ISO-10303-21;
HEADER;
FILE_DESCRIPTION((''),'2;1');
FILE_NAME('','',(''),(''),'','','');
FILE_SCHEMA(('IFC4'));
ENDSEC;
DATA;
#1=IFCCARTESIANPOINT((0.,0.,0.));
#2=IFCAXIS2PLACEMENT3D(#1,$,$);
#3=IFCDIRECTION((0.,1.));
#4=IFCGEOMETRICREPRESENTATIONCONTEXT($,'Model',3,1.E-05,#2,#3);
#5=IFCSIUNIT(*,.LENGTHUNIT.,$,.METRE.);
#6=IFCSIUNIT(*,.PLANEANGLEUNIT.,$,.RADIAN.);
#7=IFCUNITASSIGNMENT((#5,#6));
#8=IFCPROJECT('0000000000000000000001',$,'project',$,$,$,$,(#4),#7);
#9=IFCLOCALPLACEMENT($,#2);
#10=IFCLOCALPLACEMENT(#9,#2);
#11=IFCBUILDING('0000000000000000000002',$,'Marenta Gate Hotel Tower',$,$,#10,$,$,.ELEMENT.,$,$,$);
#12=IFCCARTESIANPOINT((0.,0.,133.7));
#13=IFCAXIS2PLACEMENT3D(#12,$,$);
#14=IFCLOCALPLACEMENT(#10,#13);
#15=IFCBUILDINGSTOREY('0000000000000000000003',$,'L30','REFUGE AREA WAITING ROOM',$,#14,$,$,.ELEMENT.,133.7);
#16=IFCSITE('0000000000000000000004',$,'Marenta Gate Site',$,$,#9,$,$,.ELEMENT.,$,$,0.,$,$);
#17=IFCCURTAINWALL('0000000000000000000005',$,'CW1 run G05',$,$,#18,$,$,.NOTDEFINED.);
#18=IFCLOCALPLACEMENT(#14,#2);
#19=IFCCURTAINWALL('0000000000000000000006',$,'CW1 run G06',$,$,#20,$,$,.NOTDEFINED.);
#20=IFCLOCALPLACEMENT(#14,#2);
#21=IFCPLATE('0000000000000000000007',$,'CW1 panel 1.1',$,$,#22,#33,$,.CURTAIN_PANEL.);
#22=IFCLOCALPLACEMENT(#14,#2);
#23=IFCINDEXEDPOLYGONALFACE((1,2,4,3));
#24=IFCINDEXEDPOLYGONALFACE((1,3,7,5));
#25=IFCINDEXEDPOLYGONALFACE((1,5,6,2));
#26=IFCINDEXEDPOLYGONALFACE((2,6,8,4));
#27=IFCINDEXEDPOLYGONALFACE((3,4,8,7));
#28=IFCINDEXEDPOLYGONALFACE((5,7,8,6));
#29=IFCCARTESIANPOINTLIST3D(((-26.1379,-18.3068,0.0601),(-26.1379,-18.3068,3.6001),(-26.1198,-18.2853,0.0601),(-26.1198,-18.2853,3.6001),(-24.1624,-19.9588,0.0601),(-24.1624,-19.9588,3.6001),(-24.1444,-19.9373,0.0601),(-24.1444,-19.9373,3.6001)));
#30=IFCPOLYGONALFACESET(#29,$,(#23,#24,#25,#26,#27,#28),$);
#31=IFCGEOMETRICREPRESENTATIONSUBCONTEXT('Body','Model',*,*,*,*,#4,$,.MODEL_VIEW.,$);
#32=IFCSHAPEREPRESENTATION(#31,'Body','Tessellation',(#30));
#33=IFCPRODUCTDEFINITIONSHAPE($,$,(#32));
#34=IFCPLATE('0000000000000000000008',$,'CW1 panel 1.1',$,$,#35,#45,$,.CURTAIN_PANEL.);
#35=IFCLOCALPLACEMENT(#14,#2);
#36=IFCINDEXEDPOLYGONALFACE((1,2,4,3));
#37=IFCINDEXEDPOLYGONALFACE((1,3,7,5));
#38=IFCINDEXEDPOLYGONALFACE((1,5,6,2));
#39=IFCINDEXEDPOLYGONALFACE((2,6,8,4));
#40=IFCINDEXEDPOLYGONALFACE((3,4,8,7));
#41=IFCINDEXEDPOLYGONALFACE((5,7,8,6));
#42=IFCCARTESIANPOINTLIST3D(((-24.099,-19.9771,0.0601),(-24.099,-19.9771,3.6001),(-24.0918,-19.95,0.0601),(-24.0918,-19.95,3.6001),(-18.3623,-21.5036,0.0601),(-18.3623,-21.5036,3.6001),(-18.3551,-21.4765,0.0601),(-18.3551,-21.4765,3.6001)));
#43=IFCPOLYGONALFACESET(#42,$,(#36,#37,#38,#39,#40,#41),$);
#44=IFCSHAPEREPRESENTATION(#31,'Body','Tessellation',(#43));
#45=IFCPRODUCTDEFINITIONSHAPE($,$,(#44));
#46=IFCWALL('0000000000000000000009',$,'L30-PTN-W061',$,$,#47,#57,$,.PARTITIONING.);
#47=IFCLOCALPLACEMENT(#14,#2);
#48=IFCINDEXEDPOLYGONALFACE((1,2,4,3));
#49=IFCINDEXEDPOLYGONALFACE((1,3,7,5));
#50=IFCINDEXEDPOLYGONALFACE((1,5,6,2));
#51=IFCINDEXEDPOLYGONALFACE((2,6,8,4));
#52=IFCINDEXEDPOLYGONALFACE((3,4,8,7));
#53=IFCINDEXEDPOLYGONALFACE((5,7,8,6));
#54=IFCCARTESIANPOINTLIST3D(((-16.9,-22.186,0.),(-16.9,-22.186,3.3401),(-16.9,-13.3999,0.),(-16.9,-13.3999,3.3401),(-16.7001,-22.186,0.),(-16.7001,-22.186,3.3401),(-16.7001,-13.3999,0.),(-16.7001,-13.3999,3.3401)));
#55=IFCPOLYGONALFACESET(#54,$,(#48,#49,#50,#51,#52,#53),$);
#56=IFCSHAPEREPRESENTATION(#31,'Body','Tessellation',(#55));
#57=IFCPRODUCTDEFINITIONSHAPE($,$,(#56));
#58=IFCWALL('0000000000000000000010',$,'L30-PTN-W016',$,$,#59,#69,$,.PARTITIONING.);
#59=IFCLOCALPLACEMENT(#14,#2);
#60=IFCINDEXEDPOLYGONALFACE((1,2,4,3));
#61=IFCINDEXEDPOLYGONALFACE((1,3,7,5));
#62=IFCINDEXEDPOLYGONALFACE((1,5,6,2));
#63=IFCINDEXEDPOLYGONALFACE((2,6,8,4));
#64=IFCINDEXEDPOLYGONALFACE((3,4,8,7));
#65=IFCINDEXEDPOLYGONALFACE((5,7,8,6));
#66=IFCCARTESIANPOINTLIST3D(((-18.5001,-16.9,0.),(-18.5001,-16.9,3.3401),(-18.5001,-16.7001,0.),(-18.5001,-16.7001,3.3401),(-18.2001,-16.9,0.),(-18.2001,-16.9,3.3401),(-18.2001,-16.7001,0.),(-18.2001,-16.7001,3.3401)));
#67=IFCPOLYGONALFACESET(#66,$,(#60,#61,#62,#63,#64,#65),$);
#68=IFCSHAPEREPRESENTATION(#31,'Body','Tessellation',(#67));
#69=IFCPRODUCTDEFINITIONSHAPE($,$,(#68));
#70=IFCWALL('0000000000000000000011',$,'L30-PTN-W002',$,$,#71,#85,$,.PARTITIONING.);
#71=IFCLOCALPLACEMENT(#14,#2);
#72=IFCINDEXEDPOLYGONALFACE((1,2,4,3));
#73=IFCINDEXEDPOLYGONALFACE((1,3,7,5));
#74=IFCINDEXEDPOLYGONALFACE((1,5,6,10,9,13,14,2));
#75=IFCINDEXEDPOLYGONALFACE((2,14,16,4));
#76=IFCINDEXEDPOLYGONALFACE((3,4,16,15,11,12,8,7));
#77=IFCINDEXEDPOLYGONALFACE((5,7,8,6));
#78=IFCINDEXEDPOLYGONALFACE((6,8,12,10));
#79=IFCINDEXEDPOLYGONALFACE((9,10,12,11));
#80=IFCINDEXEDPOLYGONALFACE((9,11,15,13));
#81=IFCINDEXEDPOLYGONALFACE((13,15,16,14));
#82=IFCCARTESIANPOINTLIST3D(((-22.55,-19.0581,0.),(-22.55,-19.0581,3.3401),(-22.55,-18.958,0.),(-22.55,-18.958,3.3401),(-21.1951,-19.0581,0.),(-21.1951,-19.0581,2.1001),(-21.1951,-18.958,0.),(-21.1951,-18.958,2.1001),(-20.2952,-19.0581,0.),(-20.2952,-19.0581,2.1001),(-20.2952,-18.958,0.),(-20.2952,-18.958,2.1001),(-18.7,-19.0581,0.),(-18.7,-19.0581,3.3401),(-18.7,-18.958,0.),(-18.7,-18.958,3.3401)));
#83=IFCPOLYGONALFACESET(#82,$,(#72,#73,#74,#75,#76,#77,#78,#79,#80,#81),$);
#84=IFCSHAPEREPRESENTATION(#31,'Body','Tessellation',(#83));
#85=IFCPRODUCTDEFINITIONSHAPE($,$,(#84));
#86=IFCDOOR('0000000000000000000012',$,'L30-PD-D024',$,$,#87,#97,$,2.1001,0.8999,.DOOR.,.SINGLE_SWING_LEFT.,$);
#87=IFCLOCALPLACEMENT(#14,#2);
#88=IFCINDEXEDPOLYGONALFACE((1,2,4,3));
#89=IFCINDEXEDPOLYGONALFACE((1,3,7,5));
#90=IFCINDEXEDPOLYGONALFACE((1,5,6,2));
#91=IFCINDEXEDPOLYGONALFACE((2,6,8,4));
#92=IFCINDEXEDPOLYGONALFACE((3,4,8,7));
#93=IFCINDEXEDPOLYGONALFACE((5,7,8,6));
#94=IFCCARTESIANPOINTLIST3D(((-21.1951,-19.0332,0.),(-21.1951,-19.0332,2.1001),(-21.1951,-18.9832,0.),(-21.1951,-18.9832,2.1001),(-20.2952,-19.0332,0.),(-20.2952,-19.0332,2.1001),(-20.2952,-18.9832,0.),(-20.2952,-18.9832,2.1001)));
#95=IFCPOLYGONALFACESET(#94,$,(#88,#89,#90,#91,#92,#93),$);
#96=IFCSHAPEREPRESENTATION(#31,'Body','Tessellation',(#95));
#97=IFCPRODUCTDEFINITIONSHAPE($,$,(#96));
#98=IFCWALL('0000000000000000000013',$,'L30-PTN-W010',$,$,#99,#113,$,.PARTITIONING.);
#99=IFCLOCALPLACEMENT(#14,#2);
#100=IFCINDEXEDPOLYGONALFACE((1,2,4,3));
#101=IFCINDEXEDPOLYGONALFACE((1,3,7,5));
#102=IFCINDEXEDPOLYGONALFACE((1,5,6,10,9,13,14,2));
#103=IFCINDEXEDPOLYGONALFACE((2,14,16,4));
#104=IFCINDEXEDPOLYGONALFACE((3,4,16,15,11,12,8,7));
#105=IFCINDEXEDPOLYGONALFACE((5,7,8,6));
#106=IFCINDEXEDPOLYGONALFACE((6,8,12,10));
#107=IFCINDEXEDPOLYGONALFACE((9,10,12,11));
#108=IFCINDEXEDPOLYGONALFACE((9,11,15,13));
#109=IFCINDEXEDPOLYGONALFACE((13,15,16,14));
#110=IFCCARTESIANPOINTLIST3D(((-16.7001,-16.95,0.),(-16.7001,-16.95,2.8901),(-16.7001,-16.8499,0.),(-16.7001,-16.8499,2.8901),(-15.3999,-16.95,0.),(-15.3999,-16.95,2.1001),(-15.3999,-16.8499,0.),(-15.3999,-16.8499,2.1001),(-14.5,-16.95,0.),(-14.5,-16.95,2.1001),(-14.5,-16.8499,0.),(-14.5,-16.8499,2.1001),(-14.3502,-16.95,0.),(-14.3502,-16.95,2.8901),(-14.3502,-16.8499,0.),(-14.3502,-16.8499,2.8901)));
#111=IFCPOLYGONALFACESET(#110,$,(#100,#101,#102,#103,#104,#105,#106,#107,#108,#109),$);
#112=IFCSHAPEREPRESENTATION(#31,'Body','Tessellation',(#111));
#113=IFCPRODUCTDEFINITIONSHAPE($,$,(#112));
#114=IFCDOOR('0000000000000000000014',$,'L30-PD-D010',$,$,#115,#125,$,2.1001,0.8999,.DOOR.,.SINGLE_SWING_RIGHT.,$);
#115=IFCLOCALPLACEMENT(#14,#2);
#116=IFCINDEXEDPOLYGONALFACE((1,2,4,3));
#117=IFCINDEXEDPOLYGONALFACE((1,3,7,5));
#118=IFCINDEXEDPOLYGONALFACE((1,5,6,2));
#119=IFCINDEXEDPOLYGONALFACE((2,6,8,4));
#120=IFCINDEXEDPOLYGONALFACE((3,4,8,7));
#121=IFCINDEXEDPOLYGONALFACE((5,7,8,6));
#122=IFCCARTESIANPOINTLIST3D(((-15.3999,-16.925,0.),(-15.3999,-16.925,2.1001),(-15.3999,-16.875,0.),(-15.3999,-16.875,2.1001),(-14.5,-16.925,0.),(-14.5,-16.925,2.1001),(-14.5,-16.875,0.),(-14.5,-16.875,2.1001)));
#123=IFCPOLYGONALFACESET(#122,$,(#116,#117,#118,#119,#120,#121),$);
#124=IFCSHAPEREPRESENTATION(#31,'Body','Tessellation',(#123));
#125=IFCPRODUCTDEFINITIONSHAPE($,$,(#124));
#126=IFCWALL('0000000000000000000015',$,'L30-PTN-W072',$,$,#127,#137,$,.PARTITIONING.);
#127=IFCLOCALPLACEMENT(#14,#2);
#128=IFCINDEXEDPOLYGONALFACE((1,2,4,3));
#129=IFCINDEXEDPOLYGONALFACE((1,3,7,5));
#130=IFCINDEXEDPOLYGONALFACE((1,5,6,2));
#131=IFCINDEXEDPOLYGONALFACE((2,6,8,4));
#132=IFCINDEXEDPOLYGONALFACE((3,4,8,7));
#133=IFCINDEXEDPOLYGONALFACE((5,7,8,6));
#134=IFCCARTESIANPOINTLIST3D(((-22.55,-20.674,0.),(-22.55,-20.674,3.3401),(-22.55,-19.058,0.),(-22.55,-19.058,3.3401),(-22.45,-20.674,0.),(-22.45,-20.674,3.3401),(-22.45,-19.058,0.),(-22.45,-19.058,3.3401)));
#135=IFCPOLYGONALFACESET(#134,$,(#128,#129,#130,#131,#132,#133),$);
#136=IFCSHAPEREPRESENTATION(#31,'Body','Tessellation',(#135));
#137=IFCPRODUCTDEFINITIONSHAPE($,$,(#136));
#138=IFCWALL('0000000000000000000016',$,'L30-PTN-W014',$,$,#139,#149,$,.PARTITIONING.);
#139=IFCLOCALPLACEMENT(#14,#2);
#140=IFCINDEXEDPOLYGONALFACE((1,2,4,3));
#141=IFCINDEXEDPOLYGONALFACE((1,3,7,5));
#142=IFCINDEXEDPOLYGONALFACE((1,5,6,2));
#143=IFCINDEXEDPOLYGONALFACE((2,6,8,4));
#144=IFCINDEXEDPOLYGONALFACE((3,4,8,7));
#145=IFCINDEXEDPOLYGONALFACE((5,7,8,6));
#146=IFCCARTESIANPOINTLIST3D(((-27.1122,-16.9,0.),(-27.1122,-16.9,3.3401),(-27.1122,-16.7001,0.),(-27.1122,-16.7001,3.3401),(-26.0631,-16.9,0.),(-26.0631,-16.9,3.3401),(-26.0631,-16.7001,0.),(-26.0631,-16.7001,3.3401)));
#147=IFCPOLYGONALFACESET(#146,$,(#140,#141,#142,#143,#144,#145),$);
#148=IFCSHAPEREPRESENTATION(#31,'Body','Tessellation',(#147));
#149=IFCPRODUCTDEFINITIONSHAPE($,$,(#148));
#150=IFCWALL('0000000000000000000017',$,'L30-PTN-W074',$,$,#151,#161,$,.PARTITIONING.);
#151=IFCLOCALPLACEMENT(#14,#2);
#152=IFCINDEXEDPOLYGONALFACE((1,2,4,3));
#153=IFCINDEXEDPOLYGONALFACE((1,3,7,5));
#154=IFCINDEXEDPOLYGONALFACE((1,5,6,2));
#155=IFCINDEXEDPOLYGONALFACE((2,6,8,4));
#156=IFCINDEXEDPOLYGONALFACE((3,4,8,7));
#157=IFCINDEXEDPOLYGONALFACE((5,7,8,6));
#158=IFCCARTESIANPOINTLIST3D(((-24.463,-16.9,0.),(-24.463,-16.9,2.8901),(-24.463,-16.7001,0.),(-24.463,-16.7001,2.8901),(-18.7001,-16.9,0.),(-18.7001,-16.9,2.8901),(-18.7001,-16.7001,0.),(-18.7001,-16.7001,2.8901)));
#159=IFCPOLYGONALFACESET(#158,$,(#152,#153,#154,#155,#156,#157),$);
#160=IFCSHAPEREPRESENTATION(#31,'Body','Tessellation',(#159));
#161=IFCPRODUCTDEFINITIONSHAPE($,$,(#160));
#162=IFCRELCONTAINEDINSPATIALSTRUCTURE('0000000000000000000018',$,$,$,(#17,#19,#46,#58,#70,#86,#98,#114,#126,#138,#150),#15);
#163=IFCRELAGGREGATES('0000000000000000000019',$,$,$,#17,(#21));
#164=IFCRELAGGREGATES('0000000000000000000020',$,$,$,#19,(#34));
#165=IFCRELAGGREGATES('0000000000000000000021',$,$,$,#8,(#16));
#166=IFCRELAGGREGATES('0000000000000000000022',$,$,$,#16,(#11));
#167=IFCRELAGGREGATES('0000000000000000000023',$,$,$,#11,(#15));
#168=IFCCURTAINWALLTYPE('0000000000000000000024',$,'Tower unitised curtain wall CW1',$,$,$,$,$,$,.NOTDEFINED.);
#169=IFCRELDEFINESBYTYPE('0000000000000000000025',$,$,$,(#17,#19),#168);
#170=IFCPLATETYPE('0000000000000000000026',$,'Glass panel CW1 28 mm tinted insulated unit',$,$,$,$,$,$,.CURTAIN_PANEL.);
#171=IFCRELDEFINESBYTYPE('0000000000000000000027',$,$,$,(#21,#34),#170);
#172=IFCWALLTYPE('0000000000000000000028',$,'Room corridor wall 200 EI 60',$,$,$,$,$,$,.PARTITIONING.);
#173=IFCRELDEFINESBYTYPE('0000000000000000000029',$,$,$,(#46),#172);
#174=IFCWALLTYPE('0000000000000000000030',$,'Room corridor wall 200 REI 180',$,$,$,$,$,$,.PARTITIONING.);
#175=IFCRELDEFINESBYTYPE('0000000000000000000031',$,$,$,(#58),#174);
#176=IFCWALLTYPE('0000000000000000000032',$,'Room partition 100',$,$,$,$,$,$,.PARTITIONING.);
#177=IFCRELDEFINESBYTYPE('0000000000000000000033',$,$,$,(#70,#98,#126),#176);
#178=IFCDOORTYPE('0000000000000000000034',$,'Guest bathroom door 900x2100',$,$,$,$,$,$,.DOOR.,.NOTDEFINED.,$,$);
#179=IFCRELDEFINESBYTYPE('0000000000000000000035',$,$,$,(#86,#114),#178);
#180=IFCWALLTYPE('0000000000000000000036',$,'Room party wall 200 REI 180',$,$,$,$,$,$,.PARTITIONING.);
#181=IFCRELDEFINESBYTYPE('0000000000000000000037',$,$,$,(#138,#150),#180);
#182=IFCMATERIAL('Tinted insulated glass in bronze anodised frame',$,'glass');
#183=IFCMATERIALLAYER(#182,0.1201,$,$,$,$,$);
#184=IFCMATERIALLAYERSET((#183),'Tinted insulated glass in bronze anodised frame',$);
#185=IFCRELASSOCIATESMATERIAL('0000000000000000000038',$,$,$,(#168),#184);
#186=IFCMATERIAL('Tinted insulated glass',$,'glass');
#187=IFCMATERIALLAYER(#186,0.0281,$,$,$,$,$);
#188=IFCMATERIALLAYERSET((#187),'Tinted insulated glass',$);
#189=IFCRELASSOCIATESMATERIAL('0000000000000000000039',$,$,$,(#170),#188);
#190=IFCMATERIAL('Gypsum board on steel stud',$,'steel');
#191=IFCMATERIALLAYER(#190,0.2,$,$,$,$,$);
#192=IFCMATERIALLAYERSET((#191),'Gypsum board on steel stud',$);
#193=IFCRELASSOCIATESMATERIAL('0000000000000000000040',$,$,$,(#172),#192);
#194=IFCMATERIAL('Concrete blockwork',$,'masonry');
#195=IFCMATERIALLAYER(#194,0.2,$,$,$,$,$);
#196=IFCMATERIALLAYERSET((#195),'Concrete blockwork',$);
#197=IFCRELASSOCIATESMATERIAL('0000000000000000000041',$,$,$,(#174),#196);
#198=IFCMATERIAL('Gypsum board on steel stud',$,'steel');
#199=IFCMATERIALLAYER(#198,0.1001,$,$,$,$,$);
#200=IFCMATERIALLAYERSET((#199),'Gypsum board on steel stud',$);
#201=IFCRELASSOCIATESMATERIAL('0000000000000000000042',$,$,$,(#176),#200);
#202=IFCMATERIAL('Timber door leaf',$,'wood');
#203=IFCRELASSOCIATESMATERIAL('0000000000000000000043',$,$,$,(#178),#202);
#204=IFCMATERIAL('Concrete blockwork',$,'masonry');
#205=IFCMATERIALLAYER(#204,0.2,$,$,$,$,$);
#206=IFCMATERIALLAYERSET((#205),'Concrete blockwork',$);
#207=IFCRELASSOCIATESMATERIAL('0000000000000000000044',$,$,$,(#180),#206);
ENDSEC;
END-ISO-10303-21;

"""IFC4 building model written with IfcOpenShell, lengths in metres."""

from ifc_helpers import new_model, si_unit, direction, frame, frame_2d, origin, origin_2d, place, context, subcontext, project, spatial, rectangle, extrude, material, layer, layer_set, type_object, element, fill, aggregate, save


model = new_model("IFC4")

# Units and contexts
model_context = context("Model", 3, precision=1e-05, world=origin(), true_north=direction((0.0, 1.0)))
body_context = subcontext(model_context, "Body", "Model", "MODEL_VIEW")
ifc_project = project(units=[si_unit("LENGTHUNIT", "METRE"), si_unit("PLANEANGLEUNIT", "RADIAN")], contexts=[model_context])

# Site, building, storey
site_placement = place(None, origin())
site = spatial("IfcSite", under=ifc_project, at=site_placement, Name="Marenta Gate Site", CompositionType="ELEMENT", RefElevation=0.0)
building_placement = place(site_placement, origin())
building = spatial("IfcBuilding", under=site, at=building_placement, Name="Marenta Gate Hotel Tower", CompositionType="ELEMENT")
storey_placement = place(building_placement, frame((0.0, 0.0, 133.7)))
storey = spatial("IfcBuildingStorey", under=building, at=storey_placement, Name="L30", Description="REFUGE AREA WAITING ROOM", CompositionType="ELEMENT", Elevation=133.7)

# Curtain wall
ifc_material_1 = material(Name="Tinted insulated glass in bronze anodised frame", Category="glass")
ifc_layer_1 = layer(ifc_material_1, 0.1201)
ifc_layer_set_1 = layer_set([ifc_layer_1], Name="Tinted insulated glass in bronze anodised frame")
curtain_wall_type = type_object("IfcCurtainWallType", Name="Tower unitised curtain wall CW1", PredefinedType="NOTDEFINED", material=ifc_layer_set_1)
curtain_wall_1_placement = place(storey_placement, origin())
curtain_wall_1 = element("IfcCurtainWall", 1, at=curtain_wall_1_placement, inside=storey, type_object=curtain_wall_type, Name="CW1 run G05", PredefinedType="NOTDEFINED")

# Curtain wall
curtain_wall_2_placement = place(storey_placement, origin())
curtain_wall_2 = element("IfcCurtainWall", 2, at=curtain_wall_2_placement, inside=storey, type_object=curtain_wall_type, Name="CW1 run G06", PredefinedType="NOTDEFINED")

# Shared definitions
ifc_material_2 = material(Name="Tinted insulated glass", Category="glass")
ifc_layer_2 = layer(ifc_material_2, 0.0281)
ifc_layer_set_2 = layer_set([ifc_layer_2], Name="Tinted insulated glass")
plate_type = type_object("IfcPlateType", Name="Glass panel CW1 28 mm tinted insulated unit", PredefinedType="CURTAIN_PANEL", material=ifc_layer_set_2)

# Plates
plate_1_placement = place(storey_placement, frame((-25.1411, -19.1221, 0.0601), z_axis=(0.0, 0.0, 1.0), x_axis=(0.767113, -0.641512, 0.0)))
plate_1 = element("IfcPlate", 3, at=plate_1_placement, type_object=plate_type, Name="CW1 panel 1.1", PredefinedType="CURTAIN_PANEL", context=body_context, shape_type="SweptSolid", body=[
    extrude(rectangle(XDim=2.5752, YDim=0.0281, at=origin_2d()), origin(), (0.0, 0.0, 1.0), 3.54),
])
aggregate(curtain_wall_1, [plate_1])
plate_2_placement = place(storey_placement, frame((-21.2271, -20.7268, 0.0601), z_axis=(0.0, 0.0, 1.0), x_axis=(0.966373, -0.257144, 0.0)))
plate_2 = element("IfcPlate", 4, at=plate_2_placement, type_object=plate_type, Name="CW1 panel 1.1", PredefinedType="CURTAIN_PANEL", context=body_context, shape_type="SweptSolid", body=[
    extrude(rectangle(XDim=5.9363, YDim=0.0281, at=origin_2d()), origin(), (0.0, 0.0, 1.0), 3.54),
])
aggregate(curtain_wall_2, [plate_2])

# Wall
ifc_material_3 = material(Name="Gypsum board on steel stud", Category="steel")
ifc_layer_3 = layer(ifc_material_3, 0.2)
ifc_layer_set_3 = layer_set([ifc_layer_3], Name="Gypsum board on steel stud")
wall_type_1 = type_object("IfcWallType", Name="Room corridor wall 200 EI 60", PredefinedType="PARTITIONING", material=ifc_layer_set_3)
wall_1_placement = place(storey_placement, frame((-16.8, -22.186, 0.0), z_axis=(0.0, 0.0, 1.0), x_axis=(0.0, 1.0, 0.0)))
element("IfcWall", 5, at=wall_1_placement, inside=storey, type_object=wall_type_1, Name="L30-PTN-W061", PredefinedType="PARTITIONING", context=body_context, shape_type="SweptSolid", body=[
    extrude(rectangle(XDim=8.7861, YDim=0.2, at=frame_2d((4.3931, 0.0))), origin(), (0.0, 0.0, 1.0), 3.3401),
])

# Wall
ifc_material_4 = material(Name="Concrete blockwork", Category="masonry")
ifc_layer_4 = layer(ifc_material_4, 0.2)
ifc_layer_set_4 = layer_set([ifc_layer_4], Name="Concrete blockwork")
wall_type_2 = type_object("IfcWallType", Name="Room corridor wall 200 REI 180", PredefinedType="PARTITIONING", material=ifc_layer_set_4)
wall_2_placement = place(storey_placement, frame((-18.5, -16.8, 0.0), z_axis=(0.0, 0.0, 1.0), x_axis=(1.0, 0.0, 0.0)))
element("IfcWall", 6, at=wall_2_placement, inside=storey, type_object=wall_type_2, Name="L30-PTN-W016", PredefinedType="PARTITIONING", context=body_context, shape_type="SweptSolid", body=[
    extrude(rectangle(XDim=0.3, YDim=0.2, at=frame_2d((0.1499, 0.0))), origin(), (0.0, 0.0, 1.0), 3.3401),
])

# Walls, openings, doors
ifc_material_5 = material(Name="Gypsum board on steel stud", Category="steel")
ifc_layer_5 = layer(ifc_material_5, 0.1001)
ifc_layer_set_5 = layer_set([ifc_layer_5], Name="Gypsum board on steel stud")
wall_type_3 = type_object("IfcWallType", Name="Room partition 100", PredefinedType="PARTITIONING", material=ifc_layer_set_5)
wall_3_placement = place(storey_placement, frame((-22.55, -19.0081, 0.0), z_axis=(0.0, 0.0, 1.0), x_axis=(1.0, 0.0, 0.0)))
wall_3 = element("IfcWall", 7, at=wall_3_placement, inside=storey, type_object=wall_type_3, Name="L30-PTN-W002", PredefinedType="PARTITIONING", context=body_context, shape_type="SweptSolid", body=[
    extrude(rectangle(XDim=3.8501, YDim=0.1001, at=frame_2d((1.925, 0.0))), origin(), (0.0, 0.0, 1.0), 3.3401),
])
opening_1_placement = place(wall_3_placement, frame((1.355, 0.0, 0.0)))
opening_1 = element("IfcOpeningElement", 8, at=opening_1_placement, cuts=wall_3, PredefinedType="OPENING", context=body_context, shape_type="SweptSolid", body=[
    extrude(rectangle(XDim=0.8999, YDim=2.1001, at=frame_2d((0.45, 1.05))), frame((0.0, 0.05, 0.0), z_axis=(0.0, -1.0, 0.0), x_axis=(1.0, 0.0, 0.0)), (0.0, 0.0, 1.0), 0.1001),
])
ifc_material_6 = material(Name="Timber door leaf", Category="wood")
door_type_1 = type_object("IfcDoorType", Name="Guest bathroom door 900x2100", OperationType="NOTDEFINED", PredefinedType="DOOR", material=ifc_material_6)
door_1_placement = place(opening_1_placement, origin())
door_1 = element("IfcDoor", 9, at=door_1_placement, inside=storey, type_object=door_type_1, Name="L30-PD-D024", OperationType="SINGLE_SWING_LEFT", OverallHeight=2.1001, OverallWidth=0.8999, PredefinedType="DOOR", context=body_context, shape_type="SweptSolid", body=[
    extrude(rectangle(XDim=0.8999, YDim=2.1001, at=frame_2d((0.45, 1.05))), frame((0.0, 0.0249, 0.0), z_axis=(0.0, -1.0, 0.0), x_axis=(1.0, 0.0, 0.0)), (0.0, 0.0, 1.0), 0.05),
])
fill(opening_1, door_1)
wall_4_placement = place(storey_placement, frame((-16.7, -16.8999, 0.0), z_axis=(0.0, 0.0, 1.0), x_axis=(1.0, 0.0, 0.0)))
wall_4 = element("IfcWall", 10, at=wall_4_placement, inside=storey, type_object=wall_type_3, Name="L30-PTN-W010", PredefinedType="PARTITIONING", context=body_context, shape_type="SweptSolid", body=[
    extrude(rectangle(XDim=2.3499, YDim=0.1001, at=frame_2d((1.1748, 0.0))), origin(), (0.0, 0.0, 1.0), 2.8901),
])
opening_2_placement = place(wall_4_placement, frame((1.3, 0.0, 0.0)))
opening_2 = element("IfcOpeningElement", 11, at=opening_2_placement, cuts=wall_4, PredefinedType="OPENING", context=body_context, shape_type="SweptSolid", body=[
    extrude(rectangle(XDim=0.8999, YDim=2.1001, at=frame_2d((0.45, 1.05))), frame((0.0, 0.05, 0.0), z_axis=(0.0, -1.0, 0.0), x_axis=(1.0, 0.0, 0.0)), (0.0, 0.0, 1.0), 0.1001),
])
door_2_placement = place(opening_2_placement, origin())
door_2 = element("IfcDoor", 12, at=door_2_placement, inside=storey, type_object=door_type_1, Name="L30-PD-D010", OperationType="SINGLE_SWING_RIGHT", OverallHeight=2.1001, OverallWidth=0.8999, PredefinedType="DOOR", context=body_context, shape_type="SweptSolid", body=[
    extrude(rectangle(XDim=0.8999, YDim=2.1001, at=frame_2d((0.45, 1.05))), frame((0.0, 0.0249, 0.0), z_axis=(0.0, -1.0, 0.0), x_axis=(1.0, 0.0, 0.0)), (0.0, 0.0, 1.0), 0.05),
])
fill(opening_2, door_2)

# Walls
wall_5_placement = place(storey_placement, frame((-22.5, -20.6741, 0.0), z_axis=(0.0, 0.0, 1.0), x_axis=(0.0, 1.0, 0.0)))
element("IfcWall", 13, at=wall_5_placement, inside=storey, type_object=wall_type_3, Name="L30-PTN-W072", PredefinedType="PARTITIONING", context=body_context, shape_type="SweptSolid", body=[
    extrude(rectangle(XDim=1.616, YDim=0.1001, at=frame_2d((0.8081, 0.0))), origin(), (0.0, 0.0, 1.0), 3.3401),
])
ifc_material_7 = material(Name="Concrete blockwork", Category="masonry")
ifc_layer_6 = layer(ifc_material_7, 0.2)
ifc_layer_set_6 = layer_set([ifc_layer_6], Name="Concrete blockwork")
wall_type_4 = type_object("IfcWallType", Name="Room party wall 200 REI 180", PredefinedType="PARTITIONING", material=ifc_layer_set_6)
wall_6_placement = place(storey_placement, frame((-27.1121, -16.8, 0.0), z_axis=(0.0, 0.0, 1.0), x_axis=(1.0, 0.0, 0.0)))
element("IfcWall", 14, at=wall_6_placement, inside=storey, type_object=wall_type_4, Name="L30-PTN-W014", PredefinedType="PARTITIONING", context=body_context, shape_type="SweptSolid", body=[
    extrude(rectangle(XDim=1.0491, YDim=0.2, at=frame_2d((0.5244, 0.0))), origin(), (0.0, 0.0, 1.0), 3.3401),
])
wall_7_placement = place(storey_placement, frame((-24.4629, -16.8, 0.0), z_axis=(0.0, 0.0, 1.0), x_axis=(1.0, 0.0, 0.0)))
element("IfcWall", 15, at=wall_7_placement, inside=storey, type_object=wall_type_4, Name="L30-PTN-W074", PredefinedType="PARTITIONING", context=body_context, shape_type="SweptSolid", body=[
    extrude(rectangle(XDim=5.7629, YDim=0.2, at=frame_2d((2.8813, 0.0))), origin(), (0.0, 0.0, 1.0), 2.8901),
])

save(model, "model.ifc")
